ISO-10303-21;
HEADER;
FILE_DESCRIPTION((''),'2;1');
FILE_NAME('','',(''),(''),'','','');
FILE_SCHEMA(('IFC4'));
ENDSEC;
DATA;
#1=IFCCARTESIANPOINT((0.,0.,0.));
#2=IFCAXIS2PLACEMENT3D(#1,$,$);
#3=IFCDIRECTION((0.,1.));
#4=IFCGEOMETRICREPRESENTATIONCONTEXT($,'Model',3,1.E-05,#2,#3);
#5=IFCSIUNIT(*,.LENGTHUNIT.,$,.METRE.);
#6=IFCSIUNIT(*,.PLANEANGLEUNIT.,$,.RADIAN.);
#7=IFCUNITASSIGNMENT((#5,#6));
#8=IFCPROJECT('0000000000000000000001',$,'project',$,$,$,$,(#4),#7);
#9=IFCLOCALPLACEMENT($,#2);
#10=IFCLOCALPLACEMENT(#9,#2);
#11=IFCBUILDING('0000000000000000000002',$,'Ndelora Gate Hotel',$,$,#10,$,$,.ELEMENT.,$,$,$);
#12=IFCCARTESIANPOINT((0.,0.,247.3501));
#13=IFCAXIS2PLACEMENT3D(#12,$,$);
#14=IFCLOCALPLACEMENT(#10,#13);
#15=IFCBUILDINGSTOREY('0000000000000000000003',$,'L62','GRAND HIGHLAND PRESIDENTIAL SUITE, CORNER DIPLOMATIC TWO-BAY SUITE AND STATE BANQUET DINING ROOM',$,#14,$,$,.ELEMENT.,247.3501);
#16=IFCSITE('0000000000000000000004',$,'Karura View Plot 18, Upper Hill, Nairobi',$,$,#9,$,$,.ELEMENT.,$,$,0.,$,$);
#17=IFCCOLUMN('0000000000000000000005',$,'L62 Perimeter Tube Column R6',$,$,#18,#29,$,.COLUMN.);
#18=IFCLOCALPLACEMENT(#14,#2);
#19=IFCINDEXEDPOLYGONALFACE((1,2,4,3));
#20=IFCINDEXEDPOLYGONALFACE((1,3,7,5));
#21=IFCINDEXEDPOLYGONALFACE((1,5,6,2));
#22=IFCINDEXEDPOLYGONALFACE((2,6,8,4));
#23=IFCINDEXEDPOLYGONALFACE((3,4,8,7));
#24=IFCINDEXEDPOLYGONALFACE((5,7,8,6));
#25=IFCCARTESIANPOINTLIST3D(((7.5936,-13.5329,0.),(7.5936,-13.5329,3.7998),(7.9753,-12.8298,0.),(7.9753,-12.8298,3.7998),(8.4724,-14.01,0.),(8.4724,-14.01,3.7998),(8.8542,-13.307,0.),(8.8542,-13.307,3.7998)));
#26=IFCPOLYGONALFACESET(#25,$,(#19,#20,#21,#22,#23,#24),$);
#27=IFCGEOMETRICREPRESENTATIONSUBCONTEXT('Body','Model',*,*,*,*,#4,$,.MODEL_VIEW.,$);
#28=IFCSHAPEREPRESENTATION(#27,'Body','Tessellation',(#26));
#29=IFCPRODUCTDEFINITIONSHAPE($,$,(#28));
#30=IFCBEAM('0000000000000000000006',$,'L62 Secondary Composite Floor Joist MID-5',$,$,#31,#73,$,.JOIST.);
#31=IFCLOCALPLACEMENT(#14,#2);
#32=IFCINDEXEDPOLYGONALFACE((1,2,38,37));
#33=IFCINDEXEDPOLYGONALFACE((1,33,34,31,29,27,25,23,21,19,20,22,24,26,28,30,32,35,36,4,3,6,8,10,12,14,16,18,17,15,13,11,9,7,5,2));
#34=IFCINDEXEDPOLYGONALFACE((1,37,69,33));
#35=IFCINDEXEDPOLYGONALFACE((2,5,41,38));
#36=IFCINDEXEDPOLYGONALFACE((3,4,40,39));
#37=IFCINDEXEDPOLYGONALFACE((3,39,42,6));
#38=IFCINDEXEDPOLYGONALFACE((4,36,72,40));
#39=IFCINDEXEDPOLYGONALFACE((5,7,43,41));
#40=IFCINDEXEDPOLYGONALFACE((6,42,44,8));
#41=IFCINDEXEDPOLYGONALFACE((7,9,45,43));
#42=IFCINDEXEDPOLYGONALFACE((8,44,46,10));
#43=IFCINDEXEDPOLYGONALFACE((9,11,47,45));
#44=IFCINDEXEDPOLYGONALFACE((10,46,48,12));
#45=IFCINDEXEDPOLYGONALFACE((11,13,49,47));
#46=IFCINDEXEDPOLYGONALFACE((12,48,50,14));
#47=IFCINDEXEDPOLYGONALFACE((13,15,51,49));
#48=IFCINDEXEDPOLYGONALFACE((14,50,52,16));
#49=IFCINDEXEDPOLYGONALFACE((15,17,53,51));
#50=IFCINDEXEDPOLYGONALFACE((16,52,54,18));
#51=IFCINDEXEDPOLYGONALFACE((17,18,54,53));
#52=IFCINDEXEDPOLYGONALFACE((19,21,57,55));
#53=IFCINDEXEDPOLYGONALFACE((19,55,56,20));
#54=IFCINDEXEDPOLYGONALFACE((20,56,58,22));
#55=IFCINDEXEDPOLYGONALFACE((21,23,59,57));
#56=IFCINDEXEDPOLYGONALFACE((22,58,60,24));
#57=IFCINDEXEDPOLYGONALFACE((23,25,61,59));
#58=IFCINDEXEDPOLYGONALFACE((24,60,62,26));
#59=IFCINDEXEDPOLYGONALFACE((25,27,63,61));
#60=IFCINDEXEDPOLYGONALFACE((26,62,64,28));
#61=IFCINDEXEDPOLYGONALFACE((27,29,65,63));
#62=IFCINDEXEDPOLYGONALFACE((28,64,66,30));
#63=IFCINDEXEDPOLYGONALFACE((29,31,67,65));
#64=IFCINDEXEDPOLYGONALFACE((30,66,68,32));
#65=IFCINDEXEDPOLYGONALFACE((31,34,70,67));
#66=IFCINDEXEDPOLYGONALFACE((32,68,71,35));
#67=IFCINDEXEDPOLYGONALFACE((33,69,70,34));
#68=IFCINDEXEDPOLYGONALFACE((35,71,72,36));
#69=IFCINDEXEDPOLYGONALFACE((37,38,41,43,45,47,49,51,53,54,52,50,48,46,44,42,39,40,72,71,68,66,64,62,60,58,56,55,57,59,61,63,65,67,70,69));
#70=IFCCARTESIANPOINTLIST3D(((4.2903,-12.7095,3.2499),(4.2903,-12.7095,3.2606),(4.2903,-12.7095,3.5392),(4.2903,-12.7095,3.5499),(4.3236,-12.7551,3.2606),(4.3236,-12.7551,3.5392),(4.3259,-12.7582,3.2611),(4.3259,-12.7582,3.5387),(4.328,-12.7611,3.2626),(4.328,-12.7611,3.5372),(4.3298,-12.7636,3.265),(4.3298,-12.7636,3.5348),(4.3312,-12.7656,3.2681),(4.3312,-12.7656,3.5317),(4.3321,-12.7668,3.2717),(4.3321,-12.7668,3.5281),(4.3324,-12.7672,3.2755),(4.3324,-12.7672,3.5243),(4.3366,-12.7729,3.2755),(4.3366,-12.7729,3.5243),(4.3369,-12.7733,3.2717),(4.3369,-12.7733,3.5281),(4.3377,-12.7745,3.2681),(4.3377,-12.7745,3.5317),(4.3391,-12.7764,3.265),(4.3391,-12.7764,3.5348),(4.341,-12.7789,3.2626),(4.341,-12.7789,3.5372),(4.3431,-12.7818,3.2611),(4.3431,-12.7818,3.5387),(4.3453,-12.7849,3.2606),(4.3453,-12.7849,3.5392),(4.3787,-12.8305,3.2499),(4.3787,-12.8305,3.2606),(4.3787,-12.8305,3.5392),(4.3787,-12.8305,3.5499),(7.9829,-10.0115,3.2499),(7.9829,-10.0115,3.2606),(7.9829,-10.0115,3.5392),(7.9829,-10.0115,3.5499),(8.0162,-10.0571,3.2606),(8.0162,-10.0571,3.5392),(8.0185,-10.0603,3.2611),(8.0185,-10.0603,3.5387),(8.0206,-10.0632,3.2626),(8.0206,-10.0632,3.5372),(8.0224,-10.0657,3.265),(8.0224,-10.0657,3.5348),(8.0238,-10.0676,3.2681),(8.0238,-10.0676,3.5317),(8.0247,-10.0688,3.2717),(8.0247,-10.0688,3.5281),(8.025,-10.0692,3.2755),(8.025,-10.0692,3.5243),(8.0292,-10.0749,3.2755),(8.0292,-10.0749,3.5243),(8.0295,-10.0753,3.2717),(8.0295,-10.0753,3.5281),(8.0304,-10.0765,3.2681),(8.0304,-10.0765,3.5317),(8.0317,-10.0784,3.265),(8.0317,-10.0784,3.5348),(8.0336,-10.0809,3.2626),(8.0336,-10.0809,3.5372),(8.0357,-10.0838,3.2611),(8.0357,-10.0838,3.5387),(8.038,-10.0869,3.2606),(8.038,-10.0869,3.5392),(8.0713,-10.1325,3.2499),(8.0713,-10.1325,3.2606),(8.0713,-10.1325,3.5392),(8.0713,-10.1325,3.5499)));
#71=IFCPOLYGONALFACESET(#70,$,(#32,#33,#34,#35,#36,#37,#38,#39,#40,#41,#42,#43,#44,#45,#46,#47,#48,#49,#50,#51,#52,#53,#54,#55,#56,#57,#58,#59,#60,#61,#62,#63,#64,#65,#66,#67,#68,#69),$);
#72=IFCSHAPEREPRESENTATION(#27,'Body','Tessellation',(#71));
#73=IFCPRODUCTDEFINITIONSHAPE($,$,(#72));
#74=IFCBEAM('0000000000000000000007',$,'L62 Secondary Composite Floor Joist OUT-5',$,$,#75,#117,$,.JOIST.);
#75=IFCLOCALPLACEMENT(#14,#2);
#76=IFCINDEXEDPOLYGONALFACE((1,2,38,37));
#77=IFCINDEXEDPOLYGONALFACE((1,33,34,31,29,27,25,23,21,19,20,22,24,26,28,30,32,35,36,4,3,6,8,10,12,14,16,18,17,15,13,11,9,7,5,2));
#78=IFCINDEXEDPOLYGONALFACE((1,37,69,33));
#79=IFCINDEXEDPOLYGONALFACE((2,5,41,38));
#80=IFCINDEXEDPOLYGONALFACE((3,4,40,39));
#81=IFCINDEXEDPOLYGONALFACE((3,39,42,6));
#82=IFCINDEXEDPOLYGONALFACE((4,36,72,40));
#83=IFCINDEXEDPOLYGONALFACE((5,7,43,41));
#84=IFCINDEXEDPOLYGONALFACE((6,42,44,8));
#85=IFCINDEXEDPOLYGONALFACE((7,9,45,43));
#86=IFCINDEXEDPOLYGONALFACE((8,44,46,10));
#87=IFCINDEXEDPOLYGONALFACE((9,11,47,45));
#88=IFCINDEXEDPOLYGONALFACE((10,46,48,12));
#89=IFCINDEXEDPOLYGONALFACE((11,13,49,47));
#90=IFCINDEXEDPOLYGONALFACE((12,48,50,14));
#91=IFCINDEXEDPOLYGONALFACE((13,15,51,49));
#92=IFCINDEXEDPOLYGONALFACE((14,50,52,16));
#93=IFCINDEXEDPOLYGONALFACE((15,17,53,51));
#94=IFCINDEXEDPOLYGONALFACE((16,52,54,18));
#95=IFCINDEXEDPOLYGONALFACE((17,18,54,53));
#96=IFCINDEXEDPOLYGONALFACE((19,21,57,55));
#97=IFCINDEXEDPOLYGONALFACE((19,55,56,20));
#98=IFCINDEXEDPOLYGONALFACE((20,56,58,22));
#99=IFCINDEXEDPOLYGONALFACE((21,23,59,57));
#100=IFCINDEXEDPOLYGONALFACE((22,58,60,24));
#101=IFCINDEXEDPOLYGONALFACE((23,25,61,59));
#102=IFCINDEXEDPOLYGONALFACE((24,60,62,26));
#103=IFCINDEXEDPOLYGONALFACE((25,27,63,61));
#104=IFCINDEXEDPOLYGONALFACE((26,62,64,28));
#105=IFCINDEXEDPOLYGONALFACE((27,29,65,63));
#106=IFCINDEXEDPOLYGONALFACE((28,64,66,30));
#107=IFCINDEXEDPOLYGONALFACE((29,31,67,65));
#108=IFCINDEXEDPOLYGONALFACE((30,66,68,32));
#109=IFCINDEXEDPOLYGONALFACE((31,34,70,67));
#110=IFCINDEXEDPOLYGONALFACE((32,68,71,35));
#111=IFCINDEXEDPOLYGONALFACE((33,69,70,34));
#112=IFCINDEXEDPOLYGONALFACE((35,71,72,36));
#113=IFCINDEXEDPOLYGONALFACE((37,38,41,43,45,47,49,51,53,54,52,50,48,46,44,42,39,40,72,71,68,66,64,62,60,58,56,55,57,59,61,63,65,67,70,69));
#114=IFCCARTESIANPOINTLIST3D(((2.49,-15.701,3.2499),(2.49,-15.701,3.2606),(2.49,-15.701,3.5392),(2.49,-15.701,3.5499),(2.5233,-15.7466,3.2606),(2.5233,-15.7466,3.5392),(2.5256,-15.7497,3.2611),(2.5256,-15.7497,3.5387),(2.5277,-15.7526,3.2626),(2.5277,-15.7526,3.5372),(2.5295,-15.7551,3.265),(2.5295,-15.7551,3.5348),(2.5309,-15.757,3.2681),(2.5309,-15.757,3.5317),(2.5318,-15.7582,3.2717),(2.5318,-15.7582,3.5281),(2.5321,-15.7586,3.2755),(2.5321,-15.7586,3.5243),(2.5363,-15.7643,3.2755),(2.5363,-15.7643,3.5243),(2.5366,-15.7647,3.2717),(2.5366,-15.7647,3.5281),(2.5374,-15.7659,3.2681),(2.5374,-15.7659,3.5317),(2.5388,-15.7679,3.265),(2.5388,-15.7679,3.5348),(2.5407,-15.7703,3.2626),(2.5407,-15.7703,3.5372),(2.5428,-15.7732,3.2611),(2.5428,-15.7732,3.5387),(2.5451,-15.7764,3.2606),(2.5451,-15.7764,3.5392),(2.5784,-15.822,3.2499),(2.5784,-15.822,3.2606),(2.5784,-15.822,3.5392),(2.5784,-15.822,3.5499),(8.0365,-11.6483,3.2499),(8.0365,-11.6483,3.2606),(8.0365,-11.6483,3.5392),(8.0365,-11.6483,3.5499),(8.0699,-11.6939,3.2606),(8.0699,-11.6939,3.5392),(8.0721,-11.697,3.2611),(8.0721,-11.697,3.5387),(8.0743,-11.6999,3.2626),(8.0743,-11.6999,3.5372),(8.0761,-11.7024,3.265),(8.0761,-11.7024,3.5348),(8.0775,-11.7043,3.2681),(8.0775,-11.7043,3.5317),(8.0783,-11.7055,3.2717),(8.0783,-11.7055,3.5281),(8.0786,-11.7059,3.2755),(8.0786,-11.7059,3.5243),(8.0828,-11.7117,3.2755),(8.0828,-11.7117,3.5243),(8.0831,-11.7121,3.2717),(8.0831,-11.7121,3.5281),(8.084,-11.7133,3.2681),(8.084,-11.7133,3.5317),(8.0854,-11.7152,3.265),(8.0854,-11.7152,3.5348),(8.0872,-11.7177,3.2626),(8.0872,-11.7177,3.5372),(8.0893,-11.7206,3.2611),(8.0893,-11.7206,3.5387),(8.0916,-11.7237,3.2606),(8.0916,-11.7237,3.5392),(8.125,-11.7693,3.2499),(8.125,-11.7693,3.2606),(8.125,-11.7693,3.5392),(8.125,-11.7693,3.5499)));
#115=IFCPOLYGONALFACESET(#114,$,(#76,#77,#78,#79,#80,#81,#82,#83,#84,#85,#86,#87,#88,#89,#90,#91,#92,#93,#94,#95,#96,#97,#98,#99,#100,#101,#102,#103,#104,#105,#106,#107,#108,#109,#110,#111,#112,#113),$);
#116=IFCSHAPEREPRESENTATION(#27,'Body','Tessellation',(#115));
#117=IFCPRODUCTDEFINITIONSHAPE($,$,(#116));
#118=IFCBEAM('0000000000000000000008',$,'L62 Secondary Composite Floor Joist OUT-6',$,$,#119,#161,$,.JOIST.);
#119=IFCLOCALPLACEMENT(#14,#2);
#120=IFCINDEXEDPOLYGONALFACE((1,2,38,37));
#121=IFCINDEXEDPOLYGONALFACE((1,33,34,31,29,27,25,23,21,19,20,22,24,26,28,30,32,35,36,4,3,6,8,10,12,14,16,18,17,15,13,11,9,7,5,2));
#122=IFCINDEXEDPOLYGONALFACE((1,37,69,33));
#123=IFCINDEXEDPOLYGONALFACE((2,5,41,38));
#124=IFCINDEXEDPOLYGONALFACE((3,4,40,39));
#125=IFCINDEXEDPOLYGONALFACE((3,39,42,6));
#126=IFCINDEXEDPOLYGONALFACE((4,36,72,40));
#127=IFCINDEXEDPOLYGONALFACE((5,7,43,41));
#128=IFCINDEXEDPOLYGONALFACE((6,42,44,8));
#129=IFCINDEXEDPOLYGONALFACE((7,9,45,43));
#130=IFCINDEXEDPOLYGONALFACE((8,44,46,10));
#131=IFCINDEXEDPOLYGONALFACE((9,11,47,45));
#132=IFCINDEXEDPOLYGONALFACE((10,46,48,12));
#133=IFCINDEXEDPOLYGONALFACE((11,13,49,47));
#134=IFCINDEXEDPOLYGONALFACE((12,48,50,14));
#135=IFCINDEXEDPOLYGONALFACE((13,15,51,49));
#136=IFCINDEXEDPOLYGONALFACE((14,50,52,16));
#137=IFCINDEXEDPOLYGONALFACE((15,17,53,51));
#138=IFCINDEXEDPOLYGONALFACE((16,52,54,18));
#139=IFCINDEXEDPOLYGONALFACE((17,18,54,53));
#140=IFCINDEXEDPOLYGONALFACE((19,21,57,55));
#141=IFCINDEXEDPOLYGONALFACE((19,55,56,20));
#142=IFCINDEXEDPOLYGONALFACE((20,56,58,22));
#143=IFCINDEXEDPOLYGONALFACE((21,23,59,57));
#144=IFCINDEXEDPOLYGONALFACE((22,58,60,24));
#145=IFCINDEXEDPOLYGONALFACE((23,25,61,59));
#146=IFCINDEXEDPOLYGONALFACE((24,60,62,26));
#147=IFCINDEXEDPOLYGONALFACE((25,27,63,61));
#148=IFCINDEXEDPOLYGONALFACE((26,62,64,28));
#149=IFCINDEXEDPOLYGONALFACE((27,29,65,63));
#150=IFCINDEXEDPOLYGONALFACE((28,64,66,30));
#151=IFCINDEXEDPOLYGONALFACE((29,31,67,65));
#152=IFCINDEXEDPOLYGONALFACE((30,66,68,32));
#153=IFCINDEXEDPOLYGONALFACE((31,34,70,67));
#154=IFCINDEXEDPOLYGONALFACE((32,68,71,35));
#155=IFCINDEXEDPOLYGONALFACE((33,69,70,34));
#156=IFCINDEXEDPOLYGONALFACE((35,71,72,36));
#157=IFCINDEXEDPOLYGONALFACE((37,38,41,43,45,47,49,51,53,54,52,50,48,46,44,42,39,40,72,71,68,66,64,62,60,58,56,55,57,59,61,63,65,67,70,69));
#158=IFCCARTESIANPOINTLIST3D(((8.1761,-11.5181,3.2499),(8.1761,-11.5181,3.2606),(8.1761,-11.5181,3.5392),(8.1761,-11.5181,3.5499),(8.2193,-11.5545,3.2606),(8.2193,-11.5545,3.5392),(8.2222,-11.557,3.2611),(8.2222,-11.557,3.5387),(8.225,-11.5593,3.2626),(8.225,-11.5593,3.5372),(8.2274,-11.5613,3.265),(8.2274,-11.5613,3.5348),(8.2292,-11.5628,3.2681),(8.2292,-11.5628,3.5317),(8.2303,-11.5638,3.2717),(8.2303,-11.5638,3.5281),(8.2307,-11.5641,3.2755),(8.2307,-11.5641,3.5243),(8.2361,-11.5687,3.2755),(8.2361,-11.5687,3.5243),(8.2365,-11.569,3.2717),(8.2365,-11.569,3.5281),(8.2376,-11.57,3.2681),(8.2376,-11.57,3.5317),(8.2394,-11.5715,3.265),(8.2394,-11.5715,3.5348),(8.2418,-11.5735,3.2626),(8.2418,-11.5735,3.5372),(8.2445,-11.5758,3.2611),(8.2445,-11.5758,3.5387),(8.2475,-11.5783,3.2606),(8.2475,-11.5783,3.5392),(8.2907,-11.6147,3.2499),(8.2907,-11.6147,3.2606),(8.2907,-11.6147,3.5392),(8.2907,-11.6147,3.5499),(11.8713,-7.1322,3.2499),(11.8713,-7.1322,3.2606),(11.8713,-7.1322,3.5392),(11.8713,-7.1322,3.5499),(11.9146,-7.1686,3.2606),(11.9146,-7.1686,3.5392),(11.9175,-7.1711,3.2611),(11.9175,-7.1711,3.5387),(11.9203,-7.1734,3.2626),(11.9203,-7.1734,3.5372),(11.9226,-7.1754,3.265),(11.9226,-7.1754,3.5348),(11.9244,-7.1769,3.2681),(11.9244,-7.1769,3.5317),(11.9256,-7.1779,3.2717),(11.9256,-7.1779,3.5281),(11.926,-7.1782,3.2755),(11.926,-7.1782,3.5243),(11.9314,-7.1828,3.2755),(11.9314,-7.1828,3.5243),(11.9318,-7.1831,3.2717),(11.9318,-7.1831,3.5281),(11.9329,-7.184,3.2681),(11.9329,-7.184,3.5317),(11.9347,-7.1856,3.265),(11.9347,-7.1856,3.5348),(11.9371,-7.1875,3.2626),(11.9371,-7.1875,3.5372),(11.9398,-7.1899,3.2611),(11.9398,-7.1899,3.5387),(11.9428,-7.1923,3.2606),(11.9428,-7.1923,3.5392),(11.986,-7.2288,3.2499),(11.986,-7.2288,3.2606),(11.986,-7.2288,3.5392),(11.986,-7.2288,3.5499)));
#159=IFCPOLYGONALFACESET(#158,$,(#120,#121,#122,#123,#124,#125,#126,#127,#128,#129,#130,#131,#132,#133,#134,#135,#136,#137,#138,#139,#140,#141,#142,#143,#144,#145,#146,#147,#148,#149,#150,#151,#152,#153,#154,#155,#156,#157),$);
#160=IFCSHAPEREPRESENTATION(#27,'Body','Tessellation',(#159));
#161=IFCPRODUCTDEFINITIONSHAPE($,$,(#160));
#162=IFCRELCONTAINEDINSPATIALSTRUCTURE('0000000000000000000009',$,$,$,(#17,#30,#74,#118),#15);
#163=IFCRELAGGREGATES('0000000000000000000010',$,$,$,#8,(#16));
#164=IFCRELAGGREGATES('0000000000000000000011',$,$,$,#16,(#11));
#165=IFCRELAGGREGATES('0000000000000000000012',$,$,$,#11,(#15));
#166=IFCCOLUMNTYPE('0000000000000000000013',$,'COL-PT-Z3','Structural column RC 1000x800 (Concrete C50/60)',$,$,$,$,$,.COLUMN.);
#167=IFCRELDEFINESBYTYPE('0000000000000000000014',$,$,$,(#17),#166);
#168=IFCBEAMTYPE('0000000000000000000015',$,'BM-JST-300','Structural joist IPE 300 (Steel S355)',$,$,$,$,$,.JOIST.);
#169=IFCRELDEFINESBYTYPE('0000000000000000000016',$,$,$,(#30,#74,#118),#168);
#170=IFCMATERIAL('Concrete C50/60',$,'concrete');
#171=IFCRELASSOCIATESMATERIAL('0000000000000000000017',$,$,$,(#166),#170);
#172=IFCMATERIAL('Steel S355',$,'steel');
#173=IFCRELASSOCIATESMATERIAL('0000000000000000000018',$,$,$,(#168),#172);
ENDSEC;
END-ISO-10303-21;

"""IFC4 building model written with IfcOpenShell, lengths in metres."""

from ifc_helpers import new_model, si_unit, direction, frame, origin, origin_2d, place, context, subcontext, project, spatial, rectangle, i_section, extrude, material, material_profile, profile_set, type_object, element, save


model = new_model("IFC4")

# Units and contexts
model_context = context("Model", 3, precision=1e-05, world=origin(), true_north=direction((0.0, 1.0)))
body_context = subcontext(model_context, "Body", "Model", "MODEL_VIEW")
ifc_project = project(units=[si_unit("LENGTHUNIT", "METRE"), si_unit("PLANEANGLEUNIT", "RADIAN")], contexts=[model_context])

# Site, building, storey
site_placement = place(None, origin())
site = spatial("IfcSite", under=ifc_project, at=site_placement, Name="Karura View Plot 18, Upper Hill, Nairobi", CompositionType="ELEMENT", RefElevation=0.0)
building_placement = place(site_placement, origin())
building = spatial("IfcBuilding", under=site, at=building_placement, Name="Ndelora Gate Hotel", CompositionType="ELEMENT")
storey_placement = place(building_placement, frame((0.0, 0.0, 247.3501)))
storey = spatial("IfcBuildingStorey", under=building, at=storey_placement, Name="L62", Description="GRAND HIGHLAND PRESIDENTIAL SUITE, CORNER DIPLOMATIC TWO-BAY SUITE AND STATE BANQUET DINING ROOM", CompositionType="ELEMENT", Elevation=247.3501)

# Column
ifc_material_1 = material(Name="Concrete C50/60", Category="concrete")
ifc_material_profile_1 = material_profile(ifc_material_1, rectangle(XDim=0.8, YDim=1.0, at=origin_2d()), Name="RC 1000x800")
ifc_profile_set_1 = profile_set([ifc_material_profile_1], Name="Concrete C50/60")
column_type = type_object("IfcColumnType", Name="COL-PT-Z3", Description="Structural column RC 1000x800 (Concrete C50/60)", PredefinedType="COLUMN", material=ifc_profile_set_1)
column_placement = place(storey_placement, frame((8.2239, -13.4199, 0.0), z_axis=(0.0, 0.0, 1.0), x_axis=(0.477159, 0.878817, 0.0)))
element("IfcColumn", 1, at=column_placement, inside=storey, type_object=column_type, Name="L62 Perimeter Tube Column R6", PredefinedType="COLUMN", context=body_context, shape_type="SweptSolid", body=[
    extrude(rectangle(XDim=0.8, YDim=1.0, at=origin_2d()), origin(), (0.0, 0.0, 1.0), 3.7998),
])

# Beams
ifc_material_2 = material(Name="Steel S355", Category="steel")
ifc_material_profile_2 = material_profile(ifc_material_2, i_section(OverallWidth=0.1499, OverallDepth=0.3, WebThickness=0.0071, FlangeThickness=0.0107, FilletRadius=0.0149, at=origin_2d()), Name="IPE 300")
ifc_profile_set_2 = profile_set([ifc_material_profile_2], Name="Steel S355")
beam_type_1 = type_object("IfcBeamType", Name="BM-JST-300", Description="Structural joist IPE 300 (Steel S355)", PredefinedType="JOIST", material=ifc_profile_set_2)
beam_1_placement = place(storey_placement, frame((4.3345, -12.77, 3.3999), z_axis=(0.807439, 0.589951, 0.0), x_axis=(-0.589951, 0.807439, 0.0)))
element("IfcBeam", 2, at=beam_1_placement, inside=storey, type_object=beam_type_1, Name="L62 Secondary Composite Floor Joist MID-5", PredefinedType="JOIST", context=body_context, shape_type="SweptSolid", body=[
    extrude(i_section(OverallWidth=0.1499, OverallDepth=0.3, WebThickness=0.0071, FlangeThickness=0.0107, FilletRadius=0.0149, at=origin_2d()), origin(), (0.0, 0.0, 1.0), 4.5732),
])
beam_2_placement = place(storey_placement, frame((2.5342, -15.7615, 3.3999), z_axis=(0.807431, 0.589962, 0.0), x_axis=(-0.589962, 0.807431, 0.0)))
element("IfcBeam", 3, at=beam_2_placement, inside=storey, type_object=beam_type_1, Name="L62 Secondary Composite Floor Joist OUT-5", PredefinedType="JOIST", context=body_context, shape_type="SweptSolid", body=[
    extrude(i_section(OverallWidth=0.1499, OverallDepth=0.3, WebThickness=0.0071, FlangeThickness=0.0107, FilletRadius=0.0149, at=origin_2d()), origin(), (0.0, 0.0, 1.0), 6.8694),
])
beam_3_placement = place(storey_placement, frame((8.2334, -11.5664, 3.3999), z_axis=(0.644324, 0.764752, 0.0), x_axis=(-0.764752, 0.644324, 0.0)))
element("IfcBeam", 4, at=beam_3_placement, inside=storey, type_object=beam_type_1, Name="L62 Secondary Composite Floor Joist OUT-6", PredefinedType="JOIST", context=body_context, shape_type="SweptSolid", body=[
    extrude(i_section(OverallWidth=0.1499, OverallDepth=0.3, WebThickness=0.0071, FlangeThickness=0.0107, FilletRadius=0.0149, at=origin_2d()), origin(), (0.0, 0.0, 1.0), 5.7351),
])

save(model, "model.ifc")
